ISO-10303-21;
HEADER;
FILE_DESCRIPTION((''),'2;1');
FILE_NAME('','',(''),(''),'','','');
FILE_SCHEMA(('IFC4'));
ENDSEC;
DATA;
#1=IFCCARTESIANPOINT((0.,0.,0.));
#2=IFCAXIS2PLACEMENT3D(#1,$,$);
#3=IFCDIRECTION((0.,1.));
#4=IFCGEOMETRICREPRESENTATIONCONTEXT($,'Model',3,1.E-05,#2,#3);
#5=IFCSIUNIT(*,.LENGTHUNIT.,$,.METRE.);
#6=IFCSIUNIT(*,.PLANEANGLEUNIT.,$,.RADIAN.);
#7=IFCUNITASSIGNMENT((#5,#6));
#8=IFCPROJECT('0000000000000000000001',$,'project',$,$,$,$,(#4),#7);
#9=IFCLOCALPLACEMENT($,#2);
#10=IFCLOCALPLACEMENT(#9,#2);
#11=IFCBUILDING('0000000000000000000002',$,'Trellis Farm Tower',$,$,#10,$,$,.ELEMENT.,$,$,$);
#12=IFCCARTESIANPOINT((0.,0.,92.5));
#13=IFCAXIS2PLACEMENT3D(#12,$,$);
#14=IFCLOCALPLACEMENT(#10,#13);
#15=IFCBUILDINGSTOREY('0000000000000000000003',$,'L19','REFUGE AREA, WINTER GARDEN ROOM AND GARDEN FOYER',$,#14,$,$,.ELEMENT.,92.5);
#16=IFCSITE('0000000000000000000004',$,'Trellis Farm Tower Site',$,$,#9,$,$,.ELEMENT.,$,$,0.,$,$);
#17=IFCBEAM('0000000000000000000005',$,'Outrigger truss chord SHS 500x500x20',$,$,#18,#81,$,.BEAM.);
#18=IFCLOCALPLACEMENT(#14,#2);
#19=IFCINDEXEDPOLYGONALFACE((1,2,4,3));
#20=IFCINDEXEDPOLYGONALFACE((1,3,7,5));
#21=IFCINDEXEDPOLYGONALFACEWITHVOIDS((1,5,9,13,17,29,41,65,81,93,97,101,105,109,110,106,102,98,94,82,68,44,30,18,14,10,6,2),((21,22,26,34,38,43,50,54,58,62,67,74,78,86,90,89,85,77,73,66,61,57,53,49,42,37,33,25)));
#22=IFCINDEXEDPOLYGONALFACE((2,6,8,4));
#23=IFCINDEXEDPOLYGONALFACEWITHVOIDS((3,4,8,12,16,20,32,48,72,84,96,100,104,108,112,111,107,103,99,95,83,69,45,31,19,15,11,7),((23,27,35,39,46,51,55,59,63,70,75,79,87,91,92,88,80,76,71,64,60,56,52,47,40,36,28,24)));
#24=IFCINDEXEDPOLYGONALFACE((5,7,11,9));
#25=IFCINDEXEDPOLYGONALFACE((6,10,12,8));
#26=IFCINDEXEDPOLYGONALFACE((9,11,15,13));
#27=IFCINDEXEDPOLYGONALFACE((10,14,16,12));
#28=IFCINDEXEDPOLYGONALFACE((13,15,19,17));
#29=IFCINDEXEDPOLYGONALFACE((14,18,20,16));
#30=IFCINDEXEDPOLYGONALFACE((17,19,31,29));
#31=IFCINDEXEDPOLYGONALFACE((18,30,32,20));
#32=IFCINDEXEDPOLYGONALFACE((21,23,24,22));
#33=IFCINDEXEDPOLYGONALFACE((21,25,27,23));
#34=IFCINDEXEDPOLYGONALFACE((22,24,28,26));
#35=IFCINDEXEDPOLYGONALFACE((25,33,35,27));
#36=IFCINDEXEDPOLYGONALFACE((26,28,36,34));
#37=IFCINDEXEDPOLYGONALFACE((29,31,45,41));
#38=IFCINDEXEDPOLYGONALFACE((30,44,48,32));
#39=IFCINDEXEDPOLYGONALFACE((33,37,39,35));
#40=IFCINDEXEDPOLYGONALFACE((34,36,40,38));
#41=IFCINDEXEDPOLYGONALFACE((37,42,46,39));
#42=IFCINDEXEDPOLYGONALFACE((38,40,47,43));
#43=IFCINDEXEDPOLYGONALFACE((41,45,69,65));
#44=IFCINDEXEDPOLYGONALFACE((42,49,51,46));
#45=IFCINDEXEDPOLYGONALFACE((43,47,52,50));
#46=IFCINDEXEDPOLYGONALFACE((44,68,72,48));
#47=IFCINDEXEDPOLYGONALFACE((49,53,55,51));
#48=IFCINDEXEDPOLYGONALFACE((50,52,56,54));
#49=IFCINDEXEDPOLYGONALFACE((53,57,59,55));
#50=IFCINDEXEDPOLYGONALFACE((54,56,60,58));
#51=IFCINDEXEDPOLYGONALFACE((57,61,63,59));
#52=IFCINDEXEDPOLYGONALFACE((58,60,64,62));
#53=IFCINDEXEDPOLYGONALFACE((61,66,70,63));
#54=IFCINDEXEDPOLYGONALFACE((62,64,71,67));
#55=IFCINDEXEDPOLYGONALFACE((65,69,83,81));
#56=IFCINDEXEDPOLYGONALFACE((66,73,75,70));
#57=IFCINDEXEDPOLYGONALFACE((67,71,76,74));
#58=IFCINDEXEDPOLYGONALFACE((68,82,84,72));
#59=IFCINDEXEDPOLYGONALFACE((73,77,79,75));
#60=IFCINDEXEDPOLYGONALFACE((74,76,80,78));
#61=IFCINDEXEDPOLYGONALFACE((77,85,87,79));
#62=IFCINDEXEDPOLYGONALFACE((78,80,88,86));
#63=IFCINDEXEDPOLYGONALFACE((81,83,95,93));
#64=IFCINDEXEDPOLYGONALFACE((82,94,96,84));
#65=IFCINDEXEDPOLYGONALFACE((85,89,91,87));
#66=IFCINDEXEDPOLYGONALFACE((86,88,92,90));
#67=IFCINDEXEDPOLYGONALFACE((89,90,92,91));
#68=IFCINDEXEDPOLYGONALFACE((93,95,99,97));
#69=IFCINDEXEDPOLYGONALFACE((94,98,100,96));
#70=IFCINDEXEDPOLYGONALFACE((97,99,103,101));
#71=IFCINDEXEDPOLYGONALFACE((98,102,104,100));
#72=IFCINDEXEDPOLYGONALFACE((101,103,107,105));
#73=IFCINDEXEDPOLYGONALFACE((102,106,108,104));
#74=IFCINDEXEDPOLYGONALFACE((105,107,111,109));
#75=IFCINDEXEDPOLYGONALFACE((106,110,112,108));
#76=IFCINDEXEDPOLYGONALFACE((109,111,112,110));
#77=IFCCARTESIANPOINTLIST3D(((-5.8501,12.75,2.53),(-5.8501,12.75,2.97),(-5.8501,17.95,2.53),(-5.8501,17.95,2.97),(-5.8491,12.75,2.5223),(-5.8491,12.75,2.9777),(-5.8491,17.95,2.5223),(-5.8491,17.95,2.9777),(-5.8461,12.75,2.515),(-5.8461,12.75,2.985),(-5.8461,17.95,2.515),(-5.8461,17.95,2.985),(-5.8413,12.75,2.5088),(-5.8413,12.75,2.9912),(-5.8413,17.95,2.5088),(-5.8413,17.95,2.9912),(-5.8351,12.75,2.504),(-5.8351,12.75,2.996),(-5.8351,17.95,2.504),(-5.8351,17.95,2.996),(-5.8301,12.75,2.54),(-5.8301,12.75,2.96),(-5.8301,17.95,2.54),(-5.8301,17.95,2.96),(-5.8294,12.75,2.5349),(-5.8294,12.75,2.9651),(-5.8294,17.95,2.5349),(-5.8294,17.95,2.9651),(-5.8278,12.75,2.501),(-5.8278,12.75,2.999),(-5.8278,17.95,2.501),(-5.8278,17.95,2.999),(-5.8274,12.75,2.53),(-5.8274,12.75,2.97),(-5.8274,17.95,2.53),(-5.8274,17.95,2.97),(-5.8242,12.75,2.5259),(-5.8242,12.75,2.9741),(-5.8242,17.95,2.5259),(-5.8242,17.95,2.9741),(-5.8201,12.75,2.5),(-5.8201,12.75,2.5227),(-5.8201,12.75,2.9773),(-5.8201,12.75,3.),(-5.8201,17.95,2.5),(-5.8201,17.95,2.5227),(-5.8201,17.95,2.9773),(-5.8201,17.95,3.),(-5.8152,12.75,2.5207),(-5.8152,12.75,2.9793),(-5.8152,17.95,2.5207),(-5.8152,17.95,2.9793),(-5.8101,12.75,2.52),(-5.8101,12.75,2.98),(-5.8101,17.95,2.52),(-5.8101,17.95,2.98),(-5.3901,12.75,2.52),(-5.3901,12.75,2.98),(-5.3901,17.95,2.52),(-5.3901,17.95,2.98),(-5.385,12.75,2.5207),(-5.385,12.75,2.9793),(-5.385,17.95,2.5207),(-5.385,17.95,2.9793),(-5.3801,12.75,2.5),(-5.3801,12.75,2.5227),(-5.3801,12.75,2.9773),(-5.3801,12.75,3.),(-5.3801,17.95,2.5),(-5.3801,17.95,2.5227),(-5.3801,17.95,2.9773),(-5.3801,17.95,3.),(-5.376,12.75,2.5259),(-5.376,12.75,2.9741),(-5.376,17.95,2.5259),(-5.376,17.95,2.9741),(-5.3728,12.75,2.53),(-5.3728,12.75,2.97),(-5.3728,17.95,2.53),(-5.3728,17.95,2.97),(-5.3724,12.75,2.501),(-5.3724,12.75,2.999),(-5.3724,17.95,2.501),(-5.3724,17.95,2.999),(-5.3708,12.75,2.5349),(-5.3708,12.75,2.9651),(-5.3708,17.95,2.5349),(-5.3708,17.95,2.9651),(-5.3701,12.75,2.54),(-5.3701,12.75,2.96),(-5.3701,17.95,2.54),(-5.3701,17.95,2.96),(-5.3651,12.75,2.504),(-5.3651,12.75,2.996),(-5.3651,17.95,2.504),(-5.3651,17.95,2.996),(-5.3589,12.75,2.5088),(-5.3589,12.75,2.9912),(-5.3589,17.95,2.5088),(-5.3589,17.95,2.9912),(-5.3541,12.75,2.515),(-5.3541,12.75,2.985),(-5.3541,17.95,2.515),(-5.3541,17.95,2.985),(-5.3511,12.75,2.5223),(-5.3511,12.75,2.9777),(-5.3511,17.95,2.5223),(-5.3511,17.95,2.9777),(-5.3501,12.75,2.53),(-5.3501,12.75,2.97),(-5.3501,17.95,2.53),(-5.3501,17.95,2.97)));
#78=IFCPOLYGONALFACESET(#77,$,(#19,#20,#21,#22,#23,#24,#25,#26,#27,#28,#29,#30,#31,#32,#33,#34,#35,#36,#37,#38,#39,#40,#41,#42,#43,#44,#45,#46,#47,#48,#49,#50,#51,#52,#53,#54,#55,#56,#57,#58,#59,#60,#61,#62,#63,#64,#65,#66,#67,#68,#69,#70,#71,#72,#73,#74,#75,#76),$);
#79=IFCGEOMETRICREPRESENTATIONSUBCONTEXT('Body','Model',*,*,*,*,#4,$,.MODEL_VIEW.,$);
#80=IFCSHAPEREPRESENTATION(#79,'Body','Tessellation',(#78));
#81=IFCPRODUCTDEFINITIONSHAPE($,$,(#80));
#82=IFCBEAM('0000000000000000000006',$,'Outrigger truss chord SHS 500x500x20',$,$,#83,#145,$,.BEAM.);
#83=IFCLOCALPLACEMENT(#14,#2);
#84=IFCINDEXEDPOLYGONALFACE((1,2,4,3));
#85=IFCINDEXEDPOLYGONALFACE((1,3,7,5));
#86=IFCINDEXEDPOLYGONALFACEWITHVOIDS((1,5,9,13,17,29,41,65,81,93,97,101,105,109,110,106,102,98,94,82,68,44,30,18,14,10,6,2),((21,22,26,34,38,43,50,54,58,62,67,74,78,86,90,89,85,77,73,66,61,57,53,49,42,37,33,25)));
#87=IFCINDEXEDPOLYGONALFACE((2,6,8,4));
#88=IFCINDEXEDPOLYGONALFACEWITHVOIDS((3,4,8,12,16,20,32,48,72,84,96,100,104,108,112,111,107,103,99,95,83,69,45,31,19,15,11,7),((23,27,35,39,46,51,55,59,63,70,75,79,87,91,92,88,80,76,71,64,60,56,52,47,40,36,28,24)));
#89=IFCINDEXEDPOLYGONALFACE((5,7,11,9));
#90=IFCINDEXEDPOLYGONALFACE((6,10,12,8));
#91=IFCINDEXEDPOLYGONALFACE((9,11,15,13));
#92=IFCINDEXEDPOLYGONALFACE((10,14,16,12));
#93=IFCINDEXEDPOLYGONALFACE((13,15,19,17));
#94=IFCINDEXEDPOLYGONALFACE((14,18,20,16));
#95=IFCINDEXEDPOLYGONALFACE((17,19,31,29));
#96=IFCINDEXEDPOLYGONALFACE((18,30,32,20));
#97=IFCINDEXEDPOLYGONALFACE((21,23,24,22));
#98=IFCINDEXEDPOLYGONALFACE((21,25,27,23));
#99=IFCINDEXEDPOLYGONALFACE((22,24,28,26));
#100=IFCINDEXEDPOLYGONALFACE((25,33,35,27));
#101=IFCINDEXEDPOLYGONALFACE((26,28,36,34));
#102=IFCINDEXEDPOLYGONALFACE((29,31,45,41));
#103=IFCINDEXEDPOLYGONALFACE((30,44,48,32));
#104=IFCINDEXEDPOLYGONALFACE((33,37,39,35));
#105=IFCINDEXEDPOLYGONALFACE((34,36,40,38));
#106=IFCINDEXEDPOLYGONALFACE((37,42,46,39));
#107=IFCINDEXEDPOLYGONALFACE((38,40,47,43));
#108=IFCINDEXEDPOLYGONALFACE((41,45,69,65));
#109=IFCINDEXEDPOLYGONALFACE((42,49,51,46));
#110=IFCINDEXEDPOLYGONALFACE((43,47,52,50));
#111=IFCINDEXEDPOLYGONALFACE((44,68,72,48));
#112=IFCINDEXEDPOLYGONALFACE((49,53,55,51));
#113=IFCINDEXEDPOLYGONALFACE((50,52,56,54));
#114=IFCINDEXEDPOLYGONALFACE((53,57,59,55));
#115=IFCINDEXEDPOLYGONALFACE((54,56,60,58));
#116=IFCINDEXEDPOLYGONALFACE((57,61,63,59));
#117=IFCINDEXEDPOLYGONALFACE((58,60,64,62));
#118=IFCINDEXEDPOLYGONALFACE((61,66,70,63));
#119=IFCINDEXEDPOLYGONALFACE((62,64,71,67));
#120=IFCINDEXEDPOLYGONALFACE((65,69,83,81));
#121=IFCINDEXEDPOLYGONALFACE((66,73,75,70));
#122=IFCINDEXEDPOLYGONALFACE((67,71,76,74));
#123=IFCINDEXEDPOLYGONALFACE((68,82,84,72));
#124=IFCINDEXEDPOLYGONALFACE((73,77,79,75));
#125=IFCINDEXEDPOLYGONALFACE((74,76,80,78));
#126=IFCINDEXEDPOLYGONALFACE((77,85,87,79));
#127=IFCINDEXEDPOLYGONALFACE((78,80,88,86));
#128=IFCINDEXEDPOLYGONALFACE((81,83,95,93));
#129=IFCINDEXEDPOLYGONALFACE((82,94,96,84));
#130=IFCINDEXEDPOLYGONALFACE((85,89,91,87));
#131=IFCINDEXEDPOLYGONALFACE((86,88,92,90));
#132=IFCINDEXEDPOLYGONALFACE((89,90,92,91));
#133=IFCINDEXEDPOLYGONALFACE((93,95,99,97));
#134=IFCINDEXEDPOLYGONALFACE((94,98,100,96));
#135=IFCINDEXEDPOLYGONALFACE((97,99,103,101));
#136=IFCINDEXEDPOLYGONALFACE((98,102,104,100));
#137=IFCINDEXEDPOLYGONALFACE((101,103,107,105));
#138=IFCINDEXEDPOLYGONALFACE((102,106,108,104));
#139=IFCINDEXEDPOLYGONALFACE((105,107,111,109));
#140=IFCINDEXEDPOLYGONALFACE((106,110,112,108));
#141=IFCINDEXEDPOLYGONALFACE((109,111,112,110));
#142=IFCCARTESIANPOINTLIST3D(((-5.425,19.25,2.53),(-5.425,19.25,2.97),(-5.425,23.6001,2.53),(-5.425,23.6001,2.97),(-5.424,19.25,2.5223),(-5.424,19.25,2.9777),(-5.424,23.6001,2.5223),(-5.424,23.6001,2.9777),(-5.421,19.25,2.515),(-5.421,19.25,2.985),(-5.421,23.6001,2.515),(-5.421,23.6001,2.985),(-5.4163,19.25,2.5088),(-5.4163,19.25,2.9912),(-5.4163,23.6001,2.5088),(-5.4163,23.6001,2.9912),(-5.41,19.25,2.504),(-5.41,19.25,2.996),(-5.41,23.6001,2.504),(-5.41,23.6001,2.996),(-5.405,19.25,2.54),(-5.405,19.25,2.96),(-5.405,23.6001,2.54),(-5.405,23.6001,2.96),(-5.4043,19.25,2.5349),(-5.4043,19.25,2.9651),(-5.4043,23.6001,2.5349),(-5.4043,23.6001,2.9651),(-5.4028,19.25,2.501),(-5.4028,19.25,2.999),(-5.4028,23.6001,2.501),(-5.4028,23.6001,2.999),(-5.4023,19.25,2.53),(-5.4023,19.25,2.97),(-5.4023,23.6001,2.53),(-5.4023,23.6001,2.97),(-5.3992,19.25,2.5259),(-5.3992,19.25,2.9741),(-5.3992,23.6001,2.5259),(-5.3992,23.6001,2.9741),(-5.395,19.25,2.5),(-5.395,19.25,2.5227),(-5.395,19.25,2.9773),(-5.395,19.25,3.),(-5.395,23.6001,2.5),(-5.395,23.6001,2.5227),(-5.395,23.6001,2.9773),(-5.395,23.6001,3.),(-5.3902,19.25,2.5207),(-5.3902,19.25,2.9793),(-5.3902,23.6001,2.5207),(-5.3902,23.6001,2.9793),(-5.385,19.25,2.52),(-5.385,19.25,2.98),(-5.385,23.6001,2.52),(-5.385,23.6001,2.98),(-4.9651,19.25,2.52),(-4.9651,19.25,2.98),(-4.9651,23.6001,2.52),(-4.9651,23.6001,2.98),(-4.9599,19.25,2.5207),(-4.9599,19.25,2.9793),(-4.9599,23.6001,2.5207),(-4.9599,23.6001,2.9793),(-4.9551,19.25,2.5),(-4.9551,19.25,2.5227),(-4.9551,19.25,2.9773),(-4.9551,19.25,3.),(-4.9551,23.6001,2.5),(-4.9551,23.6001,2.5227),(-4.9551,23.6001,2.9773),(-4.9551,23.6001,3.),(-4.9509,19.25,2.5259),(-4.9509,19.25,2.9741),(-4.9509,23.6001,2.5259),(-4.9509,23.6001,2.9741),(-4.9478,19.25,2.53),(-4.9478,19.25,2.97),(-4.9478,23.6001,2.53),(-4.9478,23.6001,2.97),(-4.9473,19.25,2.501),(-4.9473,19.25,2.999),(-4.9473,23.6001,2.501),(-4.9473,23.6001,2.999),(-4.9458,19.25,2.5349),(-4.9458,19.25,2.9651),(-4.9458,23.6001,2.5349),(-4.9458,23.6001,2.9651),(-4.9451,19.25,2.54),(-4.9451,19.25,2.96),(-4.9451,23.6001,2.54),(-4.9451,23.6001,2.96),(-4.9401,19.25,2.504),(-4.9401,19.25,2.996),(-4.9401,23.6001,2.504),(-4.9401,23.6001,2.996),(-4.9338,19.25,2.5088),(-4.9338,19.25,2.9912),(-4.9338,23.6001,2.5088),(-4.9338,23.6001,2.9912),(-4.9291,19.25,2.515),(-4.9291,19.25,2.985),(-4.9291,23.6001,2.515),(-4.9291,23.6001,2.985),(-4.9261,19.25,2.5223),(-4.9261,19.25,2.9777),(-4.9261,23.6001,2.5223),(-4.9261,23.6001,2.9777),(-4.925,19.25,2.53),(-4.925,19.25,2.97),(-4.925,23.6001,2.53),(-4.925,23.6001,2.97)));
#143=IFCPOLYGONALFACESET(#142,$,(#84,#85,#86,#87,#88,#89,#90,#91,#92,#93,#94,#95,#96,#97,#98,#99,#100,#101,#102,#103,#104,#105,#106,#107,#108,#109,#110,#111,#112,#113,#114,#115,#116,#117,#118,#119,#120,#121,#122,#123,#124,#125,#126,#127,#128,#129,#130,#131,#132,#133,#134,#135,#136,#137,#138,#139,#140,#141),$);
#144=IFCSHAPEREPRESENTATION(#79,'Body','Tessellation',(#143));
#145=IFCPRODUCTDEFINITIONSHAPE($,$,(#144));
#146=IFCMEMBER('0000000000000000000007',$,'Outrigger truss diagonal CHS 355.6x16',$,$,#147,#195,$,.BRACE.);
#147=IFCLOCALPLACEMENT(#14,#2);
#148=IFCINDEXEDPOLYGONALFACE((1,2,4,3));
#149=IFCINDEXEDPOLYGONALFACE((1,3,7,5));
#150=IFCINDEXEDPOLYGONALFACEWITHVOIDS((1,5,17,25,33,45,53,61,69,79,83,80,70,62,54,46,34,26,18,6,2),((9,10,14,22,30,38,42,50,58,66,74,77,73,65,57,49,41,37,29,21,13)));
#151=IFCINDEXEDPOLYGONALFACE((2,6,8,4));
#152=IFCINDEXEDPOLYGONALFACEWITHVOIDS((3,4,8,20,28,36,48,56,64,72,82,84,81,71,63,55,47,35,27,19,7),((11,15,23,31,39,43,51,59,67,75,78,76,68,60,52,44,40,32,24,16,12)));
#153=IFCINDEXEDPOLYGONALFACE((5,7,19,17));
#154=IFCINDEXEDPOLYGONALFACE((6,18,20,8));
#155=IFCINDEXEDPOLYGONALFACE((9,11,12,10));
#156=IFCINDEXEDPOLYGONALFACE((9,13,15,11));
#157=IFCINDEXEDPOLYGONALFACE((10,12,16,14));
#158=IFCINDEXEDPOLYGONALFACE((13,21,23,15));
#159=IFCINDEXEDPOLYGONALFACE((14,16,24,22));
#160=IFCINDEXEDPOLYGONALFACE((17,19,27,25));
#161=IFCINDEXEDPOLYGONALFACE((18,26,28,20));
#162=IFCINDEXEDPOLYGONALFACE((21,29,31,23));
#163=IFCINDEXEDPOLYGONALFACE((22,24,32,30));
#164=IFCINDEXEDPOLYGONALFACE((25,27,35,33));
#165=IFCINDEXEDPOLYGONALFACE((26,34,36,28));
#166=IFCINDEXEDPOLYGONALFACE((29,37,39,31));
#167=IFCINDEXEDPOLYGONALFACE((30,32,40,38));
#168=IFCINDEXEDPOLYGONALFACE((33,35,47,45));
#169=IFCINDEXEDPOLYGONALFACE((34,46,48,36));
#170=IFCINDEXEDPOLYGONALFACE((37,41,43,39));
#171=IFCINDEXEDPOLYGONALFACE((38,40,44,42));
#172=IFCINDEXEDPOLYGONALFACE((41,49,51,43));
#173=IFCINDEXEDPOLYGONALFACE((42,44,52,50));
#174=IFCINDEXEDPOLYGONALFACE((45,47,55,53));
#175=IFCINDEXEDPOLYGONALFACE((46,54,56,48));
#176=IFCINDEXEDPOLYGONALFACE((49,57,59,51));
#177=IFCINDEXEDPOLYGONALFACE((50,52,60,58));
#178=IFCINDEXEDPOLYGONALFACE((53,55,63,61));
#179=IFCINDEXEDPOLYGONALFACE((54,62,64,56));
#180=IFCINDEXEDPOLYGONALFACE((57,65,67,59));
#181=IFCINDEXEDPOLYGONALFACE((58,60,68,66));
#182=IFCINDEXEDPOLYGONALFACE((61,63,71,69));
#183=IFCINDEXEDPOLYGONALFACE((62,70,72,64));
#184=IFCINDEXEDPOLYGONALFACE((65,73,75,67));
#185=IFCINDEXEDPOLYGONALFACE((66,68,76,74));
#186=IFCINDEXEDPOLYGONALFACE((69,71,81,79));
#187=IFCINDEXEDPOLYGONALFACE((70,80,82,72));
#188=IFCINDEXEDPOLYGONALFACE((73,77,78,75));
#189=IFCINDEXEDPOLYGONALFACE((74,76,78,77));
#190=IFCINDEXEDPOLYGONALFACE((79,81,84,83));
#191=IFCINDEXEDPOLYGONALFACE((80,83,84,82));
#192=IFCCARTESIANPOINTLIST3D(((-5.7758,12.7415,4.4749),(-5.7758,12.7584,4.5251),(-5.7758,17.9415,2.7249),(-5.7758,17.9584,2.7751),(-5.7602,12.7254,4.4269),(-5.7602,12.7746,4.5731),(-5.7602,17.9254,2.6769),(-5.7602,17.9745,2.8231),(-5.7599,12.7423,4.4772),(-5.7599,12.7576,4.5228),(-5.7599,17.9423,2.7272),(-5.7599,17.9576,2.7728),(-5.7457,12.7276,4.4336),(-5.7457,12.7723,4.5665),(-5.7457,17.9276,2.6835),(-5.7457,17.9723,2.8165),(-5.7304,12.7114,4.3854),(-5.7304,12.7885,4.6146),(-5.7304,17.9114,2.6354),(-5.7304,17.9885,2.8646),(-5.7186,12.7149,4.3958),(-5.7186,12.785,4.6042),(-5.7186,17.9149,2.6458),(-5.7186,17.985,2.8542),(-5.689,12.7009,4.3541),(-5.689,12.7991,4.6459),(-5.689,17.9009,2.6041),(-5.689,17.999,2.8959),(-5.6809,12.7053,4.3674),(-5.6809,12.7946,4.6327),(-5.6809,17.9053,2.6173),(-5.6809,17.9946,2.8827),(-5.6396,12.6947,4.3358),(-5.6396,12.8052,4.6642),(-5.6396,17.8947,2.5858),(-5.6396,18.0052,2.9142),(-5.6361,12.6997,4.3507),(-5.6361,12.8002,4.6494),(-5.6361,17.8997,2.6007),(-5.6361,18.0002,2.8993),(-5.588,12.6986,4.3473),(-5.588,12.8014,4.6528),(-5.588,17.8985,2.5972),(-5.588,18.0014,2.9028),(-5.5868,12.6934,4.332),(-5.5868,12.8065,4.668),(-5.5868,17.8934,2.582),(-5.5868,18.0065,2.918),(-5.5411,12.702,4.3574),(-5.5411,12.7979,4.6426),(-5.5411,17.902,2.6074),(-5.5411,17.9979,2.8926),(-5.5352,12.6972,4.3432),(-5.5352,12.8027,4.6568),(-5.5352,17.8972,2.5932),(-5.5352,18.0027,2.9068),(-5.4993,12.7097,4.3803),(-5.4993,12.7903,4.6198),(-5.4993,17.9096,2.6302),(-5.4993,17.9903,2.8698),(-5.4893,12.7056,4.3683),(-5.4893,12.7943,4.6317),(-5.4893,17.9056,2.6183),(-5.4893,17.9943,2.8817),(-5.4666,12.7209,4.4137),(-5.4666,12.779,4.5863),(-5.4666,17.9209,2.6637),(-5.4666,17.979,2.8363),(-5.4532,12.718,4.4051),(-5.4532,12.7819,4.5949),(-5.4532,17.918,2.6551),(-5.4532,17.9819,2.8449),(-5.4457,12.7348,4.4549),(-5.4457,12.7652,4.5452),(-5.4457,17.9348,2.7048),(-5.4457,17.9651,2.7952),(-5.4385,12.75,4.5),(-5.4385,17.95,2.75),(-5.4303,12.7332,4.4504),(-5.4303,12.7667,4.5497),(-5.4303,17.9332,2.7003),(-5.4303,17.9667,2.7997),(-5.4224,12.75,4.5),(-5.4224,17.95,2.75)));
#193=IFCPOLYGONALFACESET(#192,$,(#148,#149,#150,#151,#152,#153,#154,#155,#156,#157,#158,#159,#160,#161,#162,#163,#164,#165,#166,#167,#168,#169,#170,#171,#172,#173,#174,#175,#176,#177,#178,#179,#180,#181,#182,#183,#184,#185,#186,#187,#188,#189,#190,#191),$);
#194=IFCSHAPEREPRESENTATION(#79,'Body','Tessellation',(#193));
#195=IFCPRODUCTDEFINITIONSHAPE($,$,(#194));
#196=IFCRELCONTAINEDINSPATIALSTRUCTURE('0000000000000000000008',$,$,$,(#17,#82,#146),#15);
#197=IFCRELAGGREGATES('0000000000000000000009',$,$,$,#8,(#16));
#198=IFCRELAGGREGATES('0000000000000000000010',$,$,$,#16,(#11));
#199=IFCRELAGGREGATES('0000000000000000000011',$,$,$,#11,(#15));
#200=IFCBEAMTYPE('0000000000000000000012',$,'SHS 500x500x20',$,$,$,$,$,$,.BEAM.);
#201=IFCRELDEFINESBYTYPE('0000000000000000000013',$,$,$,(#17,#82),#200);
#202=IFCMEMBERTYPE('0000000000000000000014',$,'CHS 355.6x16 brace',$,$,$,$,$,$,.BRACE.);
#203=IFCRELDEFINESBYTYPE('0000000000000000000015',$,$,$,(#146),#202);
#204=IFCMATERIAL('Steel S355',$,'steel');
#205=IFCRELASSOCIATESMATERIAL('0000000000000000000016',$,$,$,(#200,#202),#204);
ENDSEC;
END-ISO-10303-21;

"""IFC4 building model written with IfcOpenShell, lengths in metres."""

from ifc_helpers import new_model, si_unit, direction, frame, origin, origin_2d, place, context, subcontext, project, spatial, hollow_rectangle, hollow_circle, extrude, source, transform, mapped, material, material_profile, profile_set, type_object, element, save


model = new_model("IFC4")

# Units and contexts
model_context = context("Model", 3, precision=1e-05, world=origin(), true_north=direction((0.0, 1.0)))
body_context = subcontext(model_context, "Body", "Model", "MODEL_VIEW")
ifc_project = project(units=[si_unit("LENGTHUNIT", "METRE"), si_unit("PLANEANGLEUNIT", "RADIAN")], contexts=[model_context])

# Site, building, storey
site_placement = place(None, origin())
site = spatial("IfcSite", under=ifc_project, at=site_placement, Name="Trellis Farm Tower Site", CompositionType="ELEMENT", RefElevation=0.0)
building_placement = place(site_placement, origin())
building = spatial("IfcBuilding", under=site, at=building_placement, Name="Trellis Farm Tower", CompositionType="ELEMENT")
storey_placement = place(building_placement, frame((0.0, 0.0, 92.5)))
storey = spatial("IfcBuildingStorey", under=building, at=storey_placement, Name="L19", Description="REFUGE AREA, WINTER GARDEN ROOM AND GARDEN FOYER", CompositionType="ELEMENT", Elevation=92.5)

# Beams
ifc_material_1 = material(Name="Steel S355", Category="steel")
ifc_material_profile_1 = material_profile(ifc_material_1, hollow_rectangle(XDim=0.5, YDim=0.5, WallThickness=0.02, InnerFilletRadius=0.02, OuterFilletRadius=0.03, at=origin_2d()), Name="SHS 500x500x20")
ifc_profile_set_1 = profile_set([ifc_material_profile_1], Name="Steel S355")
beam_type_1 = type_object("IfcBeamType", Name="SHS 500x500x20", PredefinedType="BEAM", material=ifc_profile_set_1)
shared_shape_1 = source(origin(), body_context, "Body", "SweptSolid", [
    extrude(hollow_rectangle(XDim=0.5, YDim=0.5, WallThickness=0.02, InnerFilletRadius=0.02, OuterFilletRadius=0.03, at=origin_2d()), origin(), (0.0, 0.0, 1.0), 5.2),
])
beam_1_placement = place(storey_placement, frame((-5.6001, 12.75, 2.75), z_axis=(0.0, 1.0, 0.0), x_axis=(-1.0, 0.0, 0.0)))
element("IfcBeam", 1, at=beam_1_placement, inside=storey, type_object=beam_type_1, Name="Outrigger truss chord SHS 500x500x20", PredefinedType="BEAM", context=body_context, shape_type="MappedRepresentation", body=[
    mapped(shared_shape_1, transform((0.0, 0.0, 0.0))),
])
shared_shape_2 = source(origin(), body_context, "Body", "SweptSolid", [
    extrude(hollow_rectangle(XDim=0.5, YDim=0.5, WallThickness=0.02, InnerFilletRadius=0.02, OuterFilletRadius=0.03, at=origin_2d()), origin(), (0.0, 0.0, 1.0), 4.3501),
])
beam_2_placement = place(storey_placement, frame((-5.175, 19.25, 2.75), z_axis=(0.0, 1.0, 0.0), x_axis=(-1.0, 0.0, 0.0)))
element("IfcBeam", 2, at=beam_2_placement, inside=storey, type_object=beam_type_1, Name="Outrigger truss chord SHS 500x500x20", PredefinedType="BEAM", context=body_context, shape_type="MappedRepresentation", body=[
    mapped(shared_shape_2, transform((0.0, 0.0, 0.0))),
])

# Member
ifc_material_profile_2 = material_profile(ifc_material_1, hollow_circle(Radius=0.1777, WallThickness=0.0161, at=origin_2d()), Name="CHS 355.6x16")
ifc_profile_set_2 = profile_set([ifc_material_profile_2], Name="Steel S355")
member_type_1 = type_object("IfcMemberType", Name="CHS 355.6x16 brace", PredefinedType="BRACE", material=ifc_profile_set_2)
shared_shape_3 = source(origin(), body_context, "Body", "SweptSolid", [
    extrude(hollow_circle(Radius=0.1777, WallThickness=0.0161, at=origin_2d()), origin(), (0.0, 0.0, 1.0), 5.4866),
])
member_1_placement = place(storey_placement, frame((-5.6001, 17.95, 2.75), z_axis=(0.0, -0.947767, 0.318963), x_axis=(1.0, 0.0, 0.0)))
element("IfcMember", 3, at=member_1_placement, inside=storey, type_object=member_type_1, Name="Outrigger truss diagonal CHS 355.6x16", PredefinedType="BRACE", context=body_context, shape_type="MappedRepresentation", body=[
    mapped(shared_shape_3, transform((0.0, 0.0, 0.0))),
])

save(model, "model.ifc")
